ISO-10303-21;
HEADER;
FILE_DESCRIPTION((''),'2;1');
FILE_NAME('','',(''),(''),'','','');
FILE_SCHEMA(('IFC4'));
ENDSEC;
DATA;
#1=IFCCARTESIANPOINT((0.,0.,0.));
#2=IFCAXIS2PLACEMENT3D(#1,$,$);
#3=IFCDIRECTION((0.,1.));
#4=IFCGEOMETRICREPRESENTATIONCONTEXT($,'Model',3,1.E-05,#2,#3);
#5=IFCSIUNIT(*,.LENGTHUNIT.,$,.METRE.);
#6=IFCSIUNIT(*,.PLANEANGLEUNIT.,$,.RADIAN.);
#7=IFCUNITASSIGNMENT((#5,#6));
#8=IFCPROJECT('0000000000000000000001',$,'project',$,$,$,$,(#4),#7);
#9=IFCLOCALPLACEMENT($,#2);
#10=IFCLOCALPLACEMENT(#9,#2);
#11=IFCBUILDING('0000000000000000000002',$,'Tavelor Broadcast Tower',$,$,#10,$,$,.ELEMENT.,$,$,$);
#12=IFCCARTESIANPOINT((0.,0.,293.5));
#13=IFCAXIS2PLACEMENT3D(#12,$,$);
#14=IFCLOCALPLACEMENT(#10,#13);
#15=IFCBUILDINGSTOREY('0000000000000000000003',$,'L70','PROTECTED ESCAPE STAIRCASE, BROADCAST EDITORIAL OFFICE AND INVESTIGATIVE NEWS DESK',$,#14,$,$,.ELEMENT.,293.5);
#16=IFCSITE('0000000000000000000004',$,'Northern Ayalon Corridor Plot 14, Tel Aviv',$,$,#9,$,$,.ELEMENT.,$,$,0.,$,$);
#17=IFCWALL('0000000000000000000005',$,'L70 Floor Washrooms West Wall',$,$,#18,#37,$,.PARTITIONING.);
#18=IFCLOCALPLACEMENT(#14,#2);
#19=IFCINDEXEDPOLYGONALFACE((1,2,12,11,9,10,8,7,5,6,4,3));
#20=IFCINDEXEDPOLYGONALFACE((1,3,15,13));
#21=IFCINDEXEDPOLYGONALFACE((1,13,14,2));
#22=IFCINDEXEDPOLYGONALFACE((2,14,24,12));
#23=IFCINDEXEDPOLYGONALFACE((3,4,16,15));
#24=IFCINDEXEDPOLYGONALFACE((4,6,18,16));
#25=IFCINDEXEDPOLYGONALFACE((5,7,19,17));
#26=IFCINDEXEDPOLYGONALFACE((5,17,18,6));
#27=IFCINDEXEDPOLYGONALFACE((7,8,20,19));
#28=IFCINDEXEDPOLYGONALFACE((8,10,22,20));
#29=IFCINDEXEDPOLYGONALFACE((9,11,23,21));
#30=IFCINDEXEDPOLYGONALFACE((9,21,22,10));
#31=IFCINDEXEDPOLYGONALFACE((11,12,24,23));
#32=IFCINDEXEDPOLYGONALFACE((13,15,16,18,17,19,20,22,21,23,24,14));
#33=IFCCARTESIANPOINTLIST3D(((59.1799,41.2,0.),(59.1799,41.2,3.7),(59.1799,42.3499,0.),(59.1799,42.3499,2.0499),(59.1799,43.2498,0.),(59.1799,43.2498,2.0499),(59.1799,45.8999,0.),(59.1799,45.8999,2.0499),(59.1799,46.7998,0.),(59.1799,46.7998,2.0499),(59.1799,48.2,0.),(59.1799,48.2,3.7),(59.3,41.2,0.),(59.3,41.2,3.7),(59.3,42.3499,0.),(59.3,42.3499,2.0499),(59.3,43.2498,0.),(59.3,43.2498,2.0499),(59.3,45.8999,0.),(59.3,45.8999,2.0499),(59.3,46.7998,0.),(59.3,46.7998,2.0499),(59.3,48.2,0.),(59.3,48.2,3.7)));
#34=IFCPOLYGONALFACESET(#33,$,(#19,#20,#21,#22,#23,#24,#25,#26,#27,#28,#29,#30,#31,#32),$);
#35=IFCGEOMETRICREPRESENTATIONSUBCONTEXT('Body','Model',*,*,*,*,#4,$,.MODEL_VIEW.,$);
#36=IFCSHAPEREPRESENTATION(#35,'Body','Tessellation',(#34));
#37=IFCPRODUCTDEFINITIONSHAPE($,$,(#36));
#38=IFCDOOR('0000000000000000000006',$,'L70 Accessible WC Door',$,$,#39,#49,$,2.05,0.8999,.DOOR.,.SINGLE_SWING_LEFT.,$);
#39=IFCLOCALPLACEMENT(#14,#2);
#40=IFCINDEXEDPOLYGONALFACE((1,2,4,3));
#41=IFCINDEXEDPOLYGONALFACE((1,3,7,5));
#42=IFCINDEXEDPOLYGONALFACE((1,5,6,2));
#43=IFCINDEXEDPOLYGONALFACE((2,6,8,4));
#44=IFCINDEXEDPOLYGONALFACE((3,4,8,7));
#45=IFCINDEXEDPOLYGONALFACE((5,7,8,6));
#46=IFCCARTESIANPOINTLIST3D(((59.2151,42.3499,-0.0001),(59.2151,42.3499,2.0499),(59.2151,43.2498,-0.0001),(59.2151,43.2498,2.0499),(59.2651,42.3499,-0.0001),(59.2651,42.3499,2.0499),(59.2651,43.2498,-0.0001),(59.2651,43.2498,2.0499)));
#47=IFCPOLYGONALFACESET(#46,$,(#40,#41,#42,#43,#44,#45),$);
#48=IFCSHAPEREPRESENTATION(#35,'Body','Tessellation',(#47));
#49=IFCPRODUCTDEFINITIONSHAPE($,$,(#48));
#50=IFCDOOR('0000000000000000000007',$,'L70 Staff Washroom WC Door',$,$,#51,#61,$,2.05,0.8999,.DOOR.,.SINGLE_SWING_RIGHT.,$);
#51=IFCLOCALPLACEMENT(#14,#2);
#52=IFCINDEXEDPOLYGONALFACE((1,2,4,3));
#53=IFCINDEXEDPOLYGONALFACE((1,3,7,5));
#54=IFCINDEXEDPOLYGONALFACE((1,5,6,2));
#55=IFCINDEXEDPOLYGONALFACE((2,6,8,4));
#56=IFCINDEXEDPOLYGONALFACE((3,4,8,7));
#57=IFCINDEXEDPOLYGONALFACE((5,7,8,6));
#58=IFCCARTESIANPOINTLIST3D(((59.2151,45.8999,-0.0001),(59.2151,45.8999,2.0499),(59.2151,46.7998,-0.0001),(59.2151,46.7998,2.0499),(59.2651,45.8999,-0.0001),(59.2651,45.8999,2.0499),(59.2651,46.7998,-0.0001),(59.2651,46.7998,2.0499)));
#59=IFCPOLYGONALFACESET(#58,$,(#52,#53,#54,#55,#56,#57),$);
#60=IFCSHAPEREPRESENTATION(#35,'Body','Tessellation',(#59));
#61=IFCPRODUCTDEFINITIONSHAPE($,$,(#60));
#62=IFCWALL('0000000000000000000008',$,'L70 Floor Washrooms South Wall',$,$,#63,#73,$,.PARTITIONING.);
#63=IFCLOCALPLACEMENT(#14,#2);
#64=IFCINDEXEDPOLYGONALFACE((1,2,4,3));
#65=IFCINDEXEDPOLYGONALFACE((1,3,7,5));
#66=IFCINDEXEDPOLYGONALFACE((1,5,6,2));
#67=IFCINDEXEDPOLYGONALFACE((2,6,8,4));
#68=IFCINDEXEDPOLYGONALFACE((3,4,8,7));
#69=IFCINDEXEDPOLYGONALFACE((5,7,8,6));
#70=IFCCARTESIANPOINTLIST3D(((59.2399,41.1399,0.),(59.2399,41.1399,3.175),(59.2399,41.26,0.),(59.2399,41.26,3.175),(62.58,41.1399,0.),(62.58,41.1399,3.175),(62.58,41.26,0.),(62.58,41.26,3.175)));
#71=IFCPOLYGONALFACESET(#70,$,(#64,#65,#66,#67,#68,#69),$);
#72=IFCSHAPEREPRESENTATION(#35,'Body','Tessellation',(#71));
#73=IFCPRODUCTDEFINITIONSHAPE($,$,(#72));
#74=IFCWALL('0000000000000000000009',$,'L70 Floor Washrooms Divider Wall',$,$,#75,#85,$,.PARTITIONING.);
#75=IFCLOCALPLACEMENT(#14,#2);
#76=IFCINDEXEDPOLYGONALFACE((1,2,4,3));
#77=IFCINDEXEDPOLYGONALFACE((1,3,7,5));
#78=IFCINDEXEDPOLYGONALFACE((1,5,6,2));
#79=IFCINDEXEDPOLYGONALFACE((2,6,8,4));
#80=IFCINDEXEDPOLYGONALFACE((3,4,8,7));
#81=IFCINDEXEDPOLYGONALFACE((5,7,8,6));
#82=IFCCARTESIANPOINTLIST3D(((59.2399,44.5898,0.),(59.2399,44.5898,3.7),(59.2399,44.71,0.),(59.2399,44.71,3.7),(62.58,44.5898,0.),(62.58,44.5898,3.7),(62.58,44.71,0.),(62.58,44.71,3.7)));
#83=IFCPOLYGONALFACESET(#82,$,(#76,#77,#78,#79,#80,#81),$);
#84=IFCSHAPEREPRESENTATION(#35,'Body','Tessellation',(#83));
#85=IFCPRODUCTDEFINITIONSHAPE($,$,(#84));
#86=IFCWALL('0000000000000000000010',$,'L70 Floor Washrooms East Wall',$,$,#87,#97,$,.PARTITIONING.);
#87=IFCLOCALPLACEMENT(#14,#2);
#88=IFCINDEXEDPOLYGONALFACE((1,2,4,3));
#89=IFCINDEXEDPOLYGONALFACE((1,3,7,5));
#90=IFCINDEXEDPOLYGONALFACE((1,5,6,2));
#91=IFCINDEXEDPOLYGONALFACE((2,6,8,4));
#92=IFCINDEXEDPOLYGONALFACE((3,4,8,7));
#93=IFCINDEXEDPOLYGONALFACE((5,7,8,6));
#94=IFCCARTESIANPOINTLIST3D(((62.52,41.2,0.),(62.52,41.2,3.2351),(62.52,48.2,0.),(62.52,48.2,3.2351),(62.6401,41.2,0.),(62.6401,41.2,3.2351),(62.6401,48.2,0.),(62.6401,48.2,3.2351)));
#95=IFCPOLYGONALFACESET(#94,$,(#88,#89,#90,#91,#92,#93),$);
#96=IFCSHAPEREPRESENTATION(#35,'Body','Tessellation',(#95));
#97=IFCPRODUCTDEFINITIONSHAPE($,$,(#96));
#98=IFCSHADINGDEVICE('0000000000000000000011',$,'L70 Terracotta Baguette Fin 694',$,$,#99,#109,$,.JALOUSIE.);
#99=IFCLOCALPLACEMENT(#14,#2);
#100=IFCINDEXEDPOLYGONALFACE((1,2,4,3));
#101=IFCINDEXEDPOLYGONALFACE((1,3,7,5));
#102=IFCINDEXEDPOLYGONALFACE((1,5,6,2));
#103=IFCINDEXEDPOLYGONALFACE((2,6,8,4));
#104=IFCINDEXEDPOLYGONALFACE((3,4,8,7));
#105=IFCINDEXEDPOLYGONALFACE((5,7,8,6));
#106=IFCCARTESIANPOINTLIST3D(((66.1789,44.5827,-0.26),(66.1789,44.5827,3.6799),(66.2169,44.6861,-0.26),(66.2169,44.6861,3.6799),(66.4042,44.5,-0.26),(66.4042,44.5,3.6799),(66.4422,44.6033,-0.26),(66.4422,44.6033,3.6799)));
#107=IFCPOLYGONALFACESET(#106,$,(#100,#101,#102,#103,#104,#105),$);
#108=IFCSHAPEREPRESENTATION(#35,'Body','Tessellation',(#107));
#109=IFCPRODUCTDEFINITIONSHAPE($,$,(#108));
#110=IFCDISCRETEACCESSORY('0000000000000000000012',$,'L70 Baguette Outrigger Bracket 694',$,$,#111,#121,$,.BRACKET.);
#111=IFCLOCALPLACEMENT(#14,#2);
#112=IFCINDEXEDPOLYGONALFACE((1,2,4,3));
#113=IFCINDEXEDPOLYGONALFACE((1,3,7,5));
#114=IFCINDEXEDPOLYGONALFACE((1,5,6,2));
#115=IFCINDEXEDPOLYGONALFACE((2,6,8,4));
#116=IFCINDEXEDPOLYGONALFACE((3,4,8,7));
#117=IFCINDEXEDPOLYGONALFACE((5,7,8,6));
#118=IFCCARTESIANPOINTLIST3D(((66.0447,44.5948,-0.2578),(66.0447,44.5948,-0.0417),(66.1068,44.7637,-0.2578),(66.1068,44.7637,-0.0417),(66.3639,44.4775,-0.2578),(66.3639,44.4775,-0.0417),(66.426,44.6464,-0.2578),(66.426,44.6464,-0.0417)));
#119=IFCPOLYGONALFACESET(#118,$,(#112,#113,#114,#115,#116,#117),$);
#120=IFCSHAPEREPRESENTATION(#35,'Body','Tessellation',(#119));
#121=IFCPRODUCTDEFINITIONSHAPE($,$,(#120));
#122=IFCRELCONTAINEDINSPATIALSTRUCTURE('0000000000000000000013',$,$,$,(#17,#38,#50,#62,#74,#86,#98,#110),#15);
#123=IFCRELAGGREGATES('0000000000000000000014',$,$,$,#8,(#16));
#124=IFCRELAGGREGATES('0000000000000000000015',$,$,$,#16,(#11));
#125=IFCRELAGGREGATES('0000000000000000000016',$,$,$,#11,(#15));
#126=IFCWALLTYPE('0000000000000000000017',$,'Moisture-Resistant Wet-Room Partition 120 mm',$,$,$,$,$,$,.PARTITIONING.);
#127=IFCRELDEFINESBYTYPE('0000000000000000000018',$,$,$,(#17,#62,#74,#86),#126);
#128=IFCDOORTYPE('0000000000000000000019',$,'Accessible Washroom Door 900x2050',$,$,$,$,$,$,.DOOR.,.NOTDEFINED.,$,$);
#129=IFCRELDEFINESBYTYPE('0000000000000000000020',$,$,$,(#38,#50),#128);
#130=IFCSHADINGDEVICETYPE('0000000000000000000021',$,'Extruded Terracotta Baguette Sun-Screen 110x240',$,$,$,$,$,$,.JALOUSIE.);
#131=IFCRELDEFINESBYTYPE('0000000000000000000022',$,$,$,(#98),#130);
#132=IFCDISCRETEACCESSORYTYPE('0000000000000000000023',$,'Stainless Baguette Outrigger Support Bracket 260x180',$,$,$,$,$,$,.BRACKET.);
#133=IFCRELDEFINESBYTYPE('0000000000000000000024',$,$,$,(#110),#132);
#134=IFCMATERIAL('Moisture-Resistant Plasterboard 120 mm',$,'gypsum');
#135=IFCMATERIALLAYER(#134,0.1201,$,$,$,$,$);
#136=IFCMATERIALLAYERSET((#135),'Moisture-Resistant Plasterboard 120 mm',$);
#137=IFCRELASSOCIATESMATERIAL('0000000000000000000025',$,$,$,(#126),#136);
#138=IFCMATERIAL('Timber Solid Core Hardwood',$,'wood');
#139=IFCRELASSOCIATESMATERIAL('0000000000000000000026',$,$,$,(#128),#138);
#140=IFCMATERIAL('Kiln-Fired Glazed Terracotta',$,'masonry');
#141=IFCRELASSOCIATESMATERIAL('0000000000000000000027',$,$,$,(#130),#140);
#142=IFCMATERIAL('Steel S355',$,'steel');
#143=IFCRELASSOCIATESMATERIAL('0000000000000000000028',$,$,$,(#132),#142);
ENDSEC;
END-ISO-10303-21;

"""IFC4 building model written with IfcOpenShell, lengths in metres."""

from ifc_helpers import new_model, si_unit, direction, frame, frame_2d, origin, origin_2d, place, context, subcontext, project, spatial, rectangle, extrude, source, transform, mapped, material, layer, layer_set, type_object, type_shapes, element, fill, save


model = new_model("IFC4")

# Units and contexts
model_context = context("Model", 3, precision=1e-05, world=origin(), true_north=direction((0.0, 1.0)))
body_context = subcontext(model_context, "Body", "Model", "MODEL_VIEW")
ifc_project = project(units=[si_unit("LENGTHUNIT", "METRE"), si_unit("PLANEANGLEUNIT", "RADIAN")], contexts=[model_context])

# Site, building, storey
site_placement = place(None, origin())
site = spatial("IfcSite", under=ifc_project, at=site_placement, Name="Northern Ayalon Corridor Plot 14, Tel Aviv", CompositionType="ELEMENT", RefElevation=0.0)
building_placement = place(site_placement, origin())
building = spatial("IfcBuilding", under=site, at=building_placement, Name="Tavelor Broadcast Tower", CompositionType="ELEMENT")
storey_placement = place(building_placement, frame((0.0, 0.0, 293.5)))
storey = spatial("IfcBuildingStorey", under=building, at=storey_placement, Name="L70", Description="PROTECTED ESCAPE STAIRCASE, BROADCAST EDITORIAL OFFICE AND INVESTIGATIVE NEWS DESK", CompositionType="ELEMENT", Elevation=293.5)

# Shared definitions
ifc_material_1 = material(Name="Steel S355", Category="steel")

# Shared definitions
ifc_material_2 = material(Name="Timber Solid Core Hardwood", Category="wood")

# Wall, openings, doors
ifc_material_3 = material(Name="Moisture-Resistant Plasterboard 120 mm", Category="gypsum")
ifc_layer_1 = layer(ifc_material_3, 0.1201)
ifc_layer_set_1 = layer_set([ifc_layer_1], Name="Moisture-Resistant Plasterboard 120 mm")
wall_type_1 = type_object("IfcWallType", Name="Moisture-Resistant Wet-Room Partition 120 mm", PredefinedType="PARTITIONING", material=ifc_layer_set_1)
wall_1_placement = place(storey_placement, frame((59.24, 41.2, 0.0), z_axis=(0.0, 0.0, 1.0), x_axis=(0.0, 1.0, 0.0)))
wall_1 = element("IfcWall", 1, at=wall_1_placement, inside=storey, type_object=wall_type_1, Name="L70 Floor Washrooms West Wall", PredefinedType="PARTITIONING", context=body_context, shape_type="SweptSolid", body=[
    extrude(rectangle(XDim=7.0, YDim=0.1201, at=frame_2d((3.5, 0.0))), origin(), (0.0, 0.0, 1.0), 3.7),
])
opening_1_placement = place(wall_1_placement, frame((1.1499, 0.0, 0.0)))
opening_1 = element("IfcOpeningElement", 2, at=opening_1_placement, cuts=wall_1, PredefinedType="OPENING", context=body_context, shape_type="SweptSolid", body=[
    extrude(rectangle(XDim=0.8999, YDim=2.05, at=frame_2d((0.45, 1.0249))), frame((0.0, 0.0701, 0.0), z_axis=(0.0, -1.0, 0.0), x_axis=(1.0, 0.0, 0.0)), (0.0, 0.0, 1.0), 0.1401),
])
opening_2_placement = place(wall_1_placement, frame((4.7, 0.0, 0.0)))
opening_2 = element("IfcOpeningElement", 3, at=opening_2_placement, cuts=wall_1, PredefinedType="OPENING", context=body_context, shape_type="SweptSolid", body=[
    extrude(rectangle(XDim=0.8999, YDim=2.05, at=frame_2d((0.45, 1.0249))), frame((0.0, 0.0701, 0.0), z_axis=(0.0, -1.0, 0.0), x_axis=(1.0, 0.0, 0.0)), (0.0, 0.0, 1.0), 0.1401),
])
door_type_1 = type_object("IfcDoorType", Name="Accessible Washroom Door 900x2050", OperationType="NOTDEFINED", PredefinedType="DOOR", material=ifc_material_2)
door_1_placement = place(opening_1_placement, origin())
door_1 = element("IfcDoor", 4, at=door_1_placement, inside=storey, type_object=door_type_1, Name="L70 Accessible WC Door", OperationType="SINGLE_SWING_LEFT", OverallHeight=2.05, OverallWidth=0.8999, PredefinedType="DOOR", context=body_context, shape_type="SweptSolid", body=[
    extrude(rectangle(XDim=0.8999, YDim=2.05, at=frame_2d((0.45, 1.0249))), frame((0.0, 0.0249, 0.0), z_axis=(0.0, -1.0, 0.0), x_axis=(1.0, 0.0, 0.0)), (0.0, 0.0, 1.0), 0.05),
])
fill(opening_1, door_1)
door_2_placement = place(opening_2_placement, origin())
door_2 = element("IfcDoor", 5, at=door_2_placement, inside=storey, type_object=door_type_1, Name="L70 Staff Washroom WC Door", OperationType="SINGLE_SWING_RIGHT", OverallHeight=2.05, OverallWidth=0.8999, PredefinedType="DOOR", context=body_context, shape_type="SweptSolid", body=[
    extrude(rectangle(XDim=0.8999, YDim=2.05, at=frame_2d((0.45, 1.0249))), frame((0.0, 0.0249, 0.0), z_axis=(0.0, -1.0, 0.0), x_axis=(1.0, 0.0, 0.0)), (0.0, 0.0, 1.0), 0.05),
])
fill(opening_2, door_2)

# Walls
wall_2_placement = place(storey_placement, frame((59.24, 41.2, 0.0), z_axis=(0.0, 0.0, 1.0), x_axis=(1.0, 0.0, 0.0)))
element("IfcWall", 6, at=wall_2_placement, inside=storey, type_object=wall_type_1, Name="L70 Floor Washrooms South Wall", PredefinedType="PARTITIONING", context=body_context, shape_type="SweptSolid", body=[
    extrude(rectangle(XDim=3.3401, YDim=0.1201, at=frame_2d((1.6699, 0.0))), origin(), (0.0, 0.0, 1.0), 3.175),
])
wall_3_placement = place(storey_placement, frame((59.24, 44.6499, 0.0), z_axis=(0.0, 0.0, 1.0), x_axis=(1.0, 0.0, 0.0)))
element("IfcWall", 7, at=wall_3_placement, inside=storey, type_object=wall_type_1, Name="L70 Floor Washrooms Divider Wall", PredefinedType="PARTITIONING", context=body_context, shape_type="SweptSolid", body=[
    extrude(rectangle(XDim=3.3401, YDim=0.1201, at=frame_2d((1.6699, 0.0))), origin(), (0.0, 0.0, 1.0), 3.7),
])
wall_4_placement = place(storey_placement, frame((62.5801, 41.2, 0.0), z_axis=(0.0, 0.0, 1.0), x_axis=(0.0, 1.0, 0.0)))
element("IfcWall", 8, at=wall_4_placement, inside=storey, type_object=wall_type_1, Name="L70 Floor Washrooms East Wall", PredefinedType="PARTITIONING", context=body_context, shape_type="SweptSolid", body=[
    extrude(rectangle(XDim=7.0, YDim=0.1201, at=frame_2d((3.5, 0.0))), origin(), (0.0, 0.0, 1.0), 3.2351),
])

# Shading device
ifc_material_4 = material(Name="Kiln-Fired Glazed Terracotta", Category="masonry")
shading_device_type = type_object("IfcShadingDeviceType", Name="Extruded Terracotta Baguette Sun-Screen 110x240", PredefinedType="JALOUSIE", material=ifc_material_4)
shared_shape_1 = source(origin(), body_context, "Body", "SweptSolid", [
    extrude(rectangle(XDim=0.1101, YDim=0.24, at=origin_2d()), origin(), (0.0, 0.0, 1.0), 3.9399),
])
type_shapes(shading_device_type, [shared_shape_1])
shading_device_placement = place(storey_placement, frame((66.3105, 44.593, -0.26), z_axis=(0.0, 0.0, 1.0), x_axis=(0.344807, 0.938674, 0.0)))
element("IfcShadingDevice", 9, at=shading_device_placement, inside=storey, type_object=shading_device_type, Name="L70 Terracotta Baguette Fin 694", PredefinedType="JALOUSIE", context=body_context, shape_type="MappedRepresentation", body=[
    mapped(shared_shape_1, transform((0.0, 0.0, 0.0), scale=1.0)),
])

# Discrete accessory
discrete_accessory_type = type_object("IfcDiscreteAccessoryType", Name="Stainless Baguette Outrigger Support Bracket 260x180", PredefinedType="BRACKET", material=ifc_material_1)
shared_shape_2 = source(origin(), body_context, "Body", "SweptSolid", [
    extrude(rectangle(XDim=0.1799, YDim=0.3401, at=origin_2d()), origin(), (0.0, 0.0, 1.0), 0.2161),
])
type_shapes(discrete_accessory_type, [shared_shape_2])
discrete_accessory_placement = place(storey_placement, frame((66.2354, 44.6206, -0.2578), z_axis=(0.0, 0.0, 1.0), x_axis=(0.344807, 0.938674, 0.0)))
element("IfcDiscreteAccessory", 10, at=discrete_accessory_placement, inside=storey, type_object=discrete_accessory_type, Name="L70 Baguette Outrigger Bracket 694", PredefinedType="BRACKET", context=body_context, shape_type="MappedRepresentation", body=[
    mapped(shared_shape_2, transform((0.0, 0.0, 0.0), scale=1.0)),
])

save(model, "model.ifc")
